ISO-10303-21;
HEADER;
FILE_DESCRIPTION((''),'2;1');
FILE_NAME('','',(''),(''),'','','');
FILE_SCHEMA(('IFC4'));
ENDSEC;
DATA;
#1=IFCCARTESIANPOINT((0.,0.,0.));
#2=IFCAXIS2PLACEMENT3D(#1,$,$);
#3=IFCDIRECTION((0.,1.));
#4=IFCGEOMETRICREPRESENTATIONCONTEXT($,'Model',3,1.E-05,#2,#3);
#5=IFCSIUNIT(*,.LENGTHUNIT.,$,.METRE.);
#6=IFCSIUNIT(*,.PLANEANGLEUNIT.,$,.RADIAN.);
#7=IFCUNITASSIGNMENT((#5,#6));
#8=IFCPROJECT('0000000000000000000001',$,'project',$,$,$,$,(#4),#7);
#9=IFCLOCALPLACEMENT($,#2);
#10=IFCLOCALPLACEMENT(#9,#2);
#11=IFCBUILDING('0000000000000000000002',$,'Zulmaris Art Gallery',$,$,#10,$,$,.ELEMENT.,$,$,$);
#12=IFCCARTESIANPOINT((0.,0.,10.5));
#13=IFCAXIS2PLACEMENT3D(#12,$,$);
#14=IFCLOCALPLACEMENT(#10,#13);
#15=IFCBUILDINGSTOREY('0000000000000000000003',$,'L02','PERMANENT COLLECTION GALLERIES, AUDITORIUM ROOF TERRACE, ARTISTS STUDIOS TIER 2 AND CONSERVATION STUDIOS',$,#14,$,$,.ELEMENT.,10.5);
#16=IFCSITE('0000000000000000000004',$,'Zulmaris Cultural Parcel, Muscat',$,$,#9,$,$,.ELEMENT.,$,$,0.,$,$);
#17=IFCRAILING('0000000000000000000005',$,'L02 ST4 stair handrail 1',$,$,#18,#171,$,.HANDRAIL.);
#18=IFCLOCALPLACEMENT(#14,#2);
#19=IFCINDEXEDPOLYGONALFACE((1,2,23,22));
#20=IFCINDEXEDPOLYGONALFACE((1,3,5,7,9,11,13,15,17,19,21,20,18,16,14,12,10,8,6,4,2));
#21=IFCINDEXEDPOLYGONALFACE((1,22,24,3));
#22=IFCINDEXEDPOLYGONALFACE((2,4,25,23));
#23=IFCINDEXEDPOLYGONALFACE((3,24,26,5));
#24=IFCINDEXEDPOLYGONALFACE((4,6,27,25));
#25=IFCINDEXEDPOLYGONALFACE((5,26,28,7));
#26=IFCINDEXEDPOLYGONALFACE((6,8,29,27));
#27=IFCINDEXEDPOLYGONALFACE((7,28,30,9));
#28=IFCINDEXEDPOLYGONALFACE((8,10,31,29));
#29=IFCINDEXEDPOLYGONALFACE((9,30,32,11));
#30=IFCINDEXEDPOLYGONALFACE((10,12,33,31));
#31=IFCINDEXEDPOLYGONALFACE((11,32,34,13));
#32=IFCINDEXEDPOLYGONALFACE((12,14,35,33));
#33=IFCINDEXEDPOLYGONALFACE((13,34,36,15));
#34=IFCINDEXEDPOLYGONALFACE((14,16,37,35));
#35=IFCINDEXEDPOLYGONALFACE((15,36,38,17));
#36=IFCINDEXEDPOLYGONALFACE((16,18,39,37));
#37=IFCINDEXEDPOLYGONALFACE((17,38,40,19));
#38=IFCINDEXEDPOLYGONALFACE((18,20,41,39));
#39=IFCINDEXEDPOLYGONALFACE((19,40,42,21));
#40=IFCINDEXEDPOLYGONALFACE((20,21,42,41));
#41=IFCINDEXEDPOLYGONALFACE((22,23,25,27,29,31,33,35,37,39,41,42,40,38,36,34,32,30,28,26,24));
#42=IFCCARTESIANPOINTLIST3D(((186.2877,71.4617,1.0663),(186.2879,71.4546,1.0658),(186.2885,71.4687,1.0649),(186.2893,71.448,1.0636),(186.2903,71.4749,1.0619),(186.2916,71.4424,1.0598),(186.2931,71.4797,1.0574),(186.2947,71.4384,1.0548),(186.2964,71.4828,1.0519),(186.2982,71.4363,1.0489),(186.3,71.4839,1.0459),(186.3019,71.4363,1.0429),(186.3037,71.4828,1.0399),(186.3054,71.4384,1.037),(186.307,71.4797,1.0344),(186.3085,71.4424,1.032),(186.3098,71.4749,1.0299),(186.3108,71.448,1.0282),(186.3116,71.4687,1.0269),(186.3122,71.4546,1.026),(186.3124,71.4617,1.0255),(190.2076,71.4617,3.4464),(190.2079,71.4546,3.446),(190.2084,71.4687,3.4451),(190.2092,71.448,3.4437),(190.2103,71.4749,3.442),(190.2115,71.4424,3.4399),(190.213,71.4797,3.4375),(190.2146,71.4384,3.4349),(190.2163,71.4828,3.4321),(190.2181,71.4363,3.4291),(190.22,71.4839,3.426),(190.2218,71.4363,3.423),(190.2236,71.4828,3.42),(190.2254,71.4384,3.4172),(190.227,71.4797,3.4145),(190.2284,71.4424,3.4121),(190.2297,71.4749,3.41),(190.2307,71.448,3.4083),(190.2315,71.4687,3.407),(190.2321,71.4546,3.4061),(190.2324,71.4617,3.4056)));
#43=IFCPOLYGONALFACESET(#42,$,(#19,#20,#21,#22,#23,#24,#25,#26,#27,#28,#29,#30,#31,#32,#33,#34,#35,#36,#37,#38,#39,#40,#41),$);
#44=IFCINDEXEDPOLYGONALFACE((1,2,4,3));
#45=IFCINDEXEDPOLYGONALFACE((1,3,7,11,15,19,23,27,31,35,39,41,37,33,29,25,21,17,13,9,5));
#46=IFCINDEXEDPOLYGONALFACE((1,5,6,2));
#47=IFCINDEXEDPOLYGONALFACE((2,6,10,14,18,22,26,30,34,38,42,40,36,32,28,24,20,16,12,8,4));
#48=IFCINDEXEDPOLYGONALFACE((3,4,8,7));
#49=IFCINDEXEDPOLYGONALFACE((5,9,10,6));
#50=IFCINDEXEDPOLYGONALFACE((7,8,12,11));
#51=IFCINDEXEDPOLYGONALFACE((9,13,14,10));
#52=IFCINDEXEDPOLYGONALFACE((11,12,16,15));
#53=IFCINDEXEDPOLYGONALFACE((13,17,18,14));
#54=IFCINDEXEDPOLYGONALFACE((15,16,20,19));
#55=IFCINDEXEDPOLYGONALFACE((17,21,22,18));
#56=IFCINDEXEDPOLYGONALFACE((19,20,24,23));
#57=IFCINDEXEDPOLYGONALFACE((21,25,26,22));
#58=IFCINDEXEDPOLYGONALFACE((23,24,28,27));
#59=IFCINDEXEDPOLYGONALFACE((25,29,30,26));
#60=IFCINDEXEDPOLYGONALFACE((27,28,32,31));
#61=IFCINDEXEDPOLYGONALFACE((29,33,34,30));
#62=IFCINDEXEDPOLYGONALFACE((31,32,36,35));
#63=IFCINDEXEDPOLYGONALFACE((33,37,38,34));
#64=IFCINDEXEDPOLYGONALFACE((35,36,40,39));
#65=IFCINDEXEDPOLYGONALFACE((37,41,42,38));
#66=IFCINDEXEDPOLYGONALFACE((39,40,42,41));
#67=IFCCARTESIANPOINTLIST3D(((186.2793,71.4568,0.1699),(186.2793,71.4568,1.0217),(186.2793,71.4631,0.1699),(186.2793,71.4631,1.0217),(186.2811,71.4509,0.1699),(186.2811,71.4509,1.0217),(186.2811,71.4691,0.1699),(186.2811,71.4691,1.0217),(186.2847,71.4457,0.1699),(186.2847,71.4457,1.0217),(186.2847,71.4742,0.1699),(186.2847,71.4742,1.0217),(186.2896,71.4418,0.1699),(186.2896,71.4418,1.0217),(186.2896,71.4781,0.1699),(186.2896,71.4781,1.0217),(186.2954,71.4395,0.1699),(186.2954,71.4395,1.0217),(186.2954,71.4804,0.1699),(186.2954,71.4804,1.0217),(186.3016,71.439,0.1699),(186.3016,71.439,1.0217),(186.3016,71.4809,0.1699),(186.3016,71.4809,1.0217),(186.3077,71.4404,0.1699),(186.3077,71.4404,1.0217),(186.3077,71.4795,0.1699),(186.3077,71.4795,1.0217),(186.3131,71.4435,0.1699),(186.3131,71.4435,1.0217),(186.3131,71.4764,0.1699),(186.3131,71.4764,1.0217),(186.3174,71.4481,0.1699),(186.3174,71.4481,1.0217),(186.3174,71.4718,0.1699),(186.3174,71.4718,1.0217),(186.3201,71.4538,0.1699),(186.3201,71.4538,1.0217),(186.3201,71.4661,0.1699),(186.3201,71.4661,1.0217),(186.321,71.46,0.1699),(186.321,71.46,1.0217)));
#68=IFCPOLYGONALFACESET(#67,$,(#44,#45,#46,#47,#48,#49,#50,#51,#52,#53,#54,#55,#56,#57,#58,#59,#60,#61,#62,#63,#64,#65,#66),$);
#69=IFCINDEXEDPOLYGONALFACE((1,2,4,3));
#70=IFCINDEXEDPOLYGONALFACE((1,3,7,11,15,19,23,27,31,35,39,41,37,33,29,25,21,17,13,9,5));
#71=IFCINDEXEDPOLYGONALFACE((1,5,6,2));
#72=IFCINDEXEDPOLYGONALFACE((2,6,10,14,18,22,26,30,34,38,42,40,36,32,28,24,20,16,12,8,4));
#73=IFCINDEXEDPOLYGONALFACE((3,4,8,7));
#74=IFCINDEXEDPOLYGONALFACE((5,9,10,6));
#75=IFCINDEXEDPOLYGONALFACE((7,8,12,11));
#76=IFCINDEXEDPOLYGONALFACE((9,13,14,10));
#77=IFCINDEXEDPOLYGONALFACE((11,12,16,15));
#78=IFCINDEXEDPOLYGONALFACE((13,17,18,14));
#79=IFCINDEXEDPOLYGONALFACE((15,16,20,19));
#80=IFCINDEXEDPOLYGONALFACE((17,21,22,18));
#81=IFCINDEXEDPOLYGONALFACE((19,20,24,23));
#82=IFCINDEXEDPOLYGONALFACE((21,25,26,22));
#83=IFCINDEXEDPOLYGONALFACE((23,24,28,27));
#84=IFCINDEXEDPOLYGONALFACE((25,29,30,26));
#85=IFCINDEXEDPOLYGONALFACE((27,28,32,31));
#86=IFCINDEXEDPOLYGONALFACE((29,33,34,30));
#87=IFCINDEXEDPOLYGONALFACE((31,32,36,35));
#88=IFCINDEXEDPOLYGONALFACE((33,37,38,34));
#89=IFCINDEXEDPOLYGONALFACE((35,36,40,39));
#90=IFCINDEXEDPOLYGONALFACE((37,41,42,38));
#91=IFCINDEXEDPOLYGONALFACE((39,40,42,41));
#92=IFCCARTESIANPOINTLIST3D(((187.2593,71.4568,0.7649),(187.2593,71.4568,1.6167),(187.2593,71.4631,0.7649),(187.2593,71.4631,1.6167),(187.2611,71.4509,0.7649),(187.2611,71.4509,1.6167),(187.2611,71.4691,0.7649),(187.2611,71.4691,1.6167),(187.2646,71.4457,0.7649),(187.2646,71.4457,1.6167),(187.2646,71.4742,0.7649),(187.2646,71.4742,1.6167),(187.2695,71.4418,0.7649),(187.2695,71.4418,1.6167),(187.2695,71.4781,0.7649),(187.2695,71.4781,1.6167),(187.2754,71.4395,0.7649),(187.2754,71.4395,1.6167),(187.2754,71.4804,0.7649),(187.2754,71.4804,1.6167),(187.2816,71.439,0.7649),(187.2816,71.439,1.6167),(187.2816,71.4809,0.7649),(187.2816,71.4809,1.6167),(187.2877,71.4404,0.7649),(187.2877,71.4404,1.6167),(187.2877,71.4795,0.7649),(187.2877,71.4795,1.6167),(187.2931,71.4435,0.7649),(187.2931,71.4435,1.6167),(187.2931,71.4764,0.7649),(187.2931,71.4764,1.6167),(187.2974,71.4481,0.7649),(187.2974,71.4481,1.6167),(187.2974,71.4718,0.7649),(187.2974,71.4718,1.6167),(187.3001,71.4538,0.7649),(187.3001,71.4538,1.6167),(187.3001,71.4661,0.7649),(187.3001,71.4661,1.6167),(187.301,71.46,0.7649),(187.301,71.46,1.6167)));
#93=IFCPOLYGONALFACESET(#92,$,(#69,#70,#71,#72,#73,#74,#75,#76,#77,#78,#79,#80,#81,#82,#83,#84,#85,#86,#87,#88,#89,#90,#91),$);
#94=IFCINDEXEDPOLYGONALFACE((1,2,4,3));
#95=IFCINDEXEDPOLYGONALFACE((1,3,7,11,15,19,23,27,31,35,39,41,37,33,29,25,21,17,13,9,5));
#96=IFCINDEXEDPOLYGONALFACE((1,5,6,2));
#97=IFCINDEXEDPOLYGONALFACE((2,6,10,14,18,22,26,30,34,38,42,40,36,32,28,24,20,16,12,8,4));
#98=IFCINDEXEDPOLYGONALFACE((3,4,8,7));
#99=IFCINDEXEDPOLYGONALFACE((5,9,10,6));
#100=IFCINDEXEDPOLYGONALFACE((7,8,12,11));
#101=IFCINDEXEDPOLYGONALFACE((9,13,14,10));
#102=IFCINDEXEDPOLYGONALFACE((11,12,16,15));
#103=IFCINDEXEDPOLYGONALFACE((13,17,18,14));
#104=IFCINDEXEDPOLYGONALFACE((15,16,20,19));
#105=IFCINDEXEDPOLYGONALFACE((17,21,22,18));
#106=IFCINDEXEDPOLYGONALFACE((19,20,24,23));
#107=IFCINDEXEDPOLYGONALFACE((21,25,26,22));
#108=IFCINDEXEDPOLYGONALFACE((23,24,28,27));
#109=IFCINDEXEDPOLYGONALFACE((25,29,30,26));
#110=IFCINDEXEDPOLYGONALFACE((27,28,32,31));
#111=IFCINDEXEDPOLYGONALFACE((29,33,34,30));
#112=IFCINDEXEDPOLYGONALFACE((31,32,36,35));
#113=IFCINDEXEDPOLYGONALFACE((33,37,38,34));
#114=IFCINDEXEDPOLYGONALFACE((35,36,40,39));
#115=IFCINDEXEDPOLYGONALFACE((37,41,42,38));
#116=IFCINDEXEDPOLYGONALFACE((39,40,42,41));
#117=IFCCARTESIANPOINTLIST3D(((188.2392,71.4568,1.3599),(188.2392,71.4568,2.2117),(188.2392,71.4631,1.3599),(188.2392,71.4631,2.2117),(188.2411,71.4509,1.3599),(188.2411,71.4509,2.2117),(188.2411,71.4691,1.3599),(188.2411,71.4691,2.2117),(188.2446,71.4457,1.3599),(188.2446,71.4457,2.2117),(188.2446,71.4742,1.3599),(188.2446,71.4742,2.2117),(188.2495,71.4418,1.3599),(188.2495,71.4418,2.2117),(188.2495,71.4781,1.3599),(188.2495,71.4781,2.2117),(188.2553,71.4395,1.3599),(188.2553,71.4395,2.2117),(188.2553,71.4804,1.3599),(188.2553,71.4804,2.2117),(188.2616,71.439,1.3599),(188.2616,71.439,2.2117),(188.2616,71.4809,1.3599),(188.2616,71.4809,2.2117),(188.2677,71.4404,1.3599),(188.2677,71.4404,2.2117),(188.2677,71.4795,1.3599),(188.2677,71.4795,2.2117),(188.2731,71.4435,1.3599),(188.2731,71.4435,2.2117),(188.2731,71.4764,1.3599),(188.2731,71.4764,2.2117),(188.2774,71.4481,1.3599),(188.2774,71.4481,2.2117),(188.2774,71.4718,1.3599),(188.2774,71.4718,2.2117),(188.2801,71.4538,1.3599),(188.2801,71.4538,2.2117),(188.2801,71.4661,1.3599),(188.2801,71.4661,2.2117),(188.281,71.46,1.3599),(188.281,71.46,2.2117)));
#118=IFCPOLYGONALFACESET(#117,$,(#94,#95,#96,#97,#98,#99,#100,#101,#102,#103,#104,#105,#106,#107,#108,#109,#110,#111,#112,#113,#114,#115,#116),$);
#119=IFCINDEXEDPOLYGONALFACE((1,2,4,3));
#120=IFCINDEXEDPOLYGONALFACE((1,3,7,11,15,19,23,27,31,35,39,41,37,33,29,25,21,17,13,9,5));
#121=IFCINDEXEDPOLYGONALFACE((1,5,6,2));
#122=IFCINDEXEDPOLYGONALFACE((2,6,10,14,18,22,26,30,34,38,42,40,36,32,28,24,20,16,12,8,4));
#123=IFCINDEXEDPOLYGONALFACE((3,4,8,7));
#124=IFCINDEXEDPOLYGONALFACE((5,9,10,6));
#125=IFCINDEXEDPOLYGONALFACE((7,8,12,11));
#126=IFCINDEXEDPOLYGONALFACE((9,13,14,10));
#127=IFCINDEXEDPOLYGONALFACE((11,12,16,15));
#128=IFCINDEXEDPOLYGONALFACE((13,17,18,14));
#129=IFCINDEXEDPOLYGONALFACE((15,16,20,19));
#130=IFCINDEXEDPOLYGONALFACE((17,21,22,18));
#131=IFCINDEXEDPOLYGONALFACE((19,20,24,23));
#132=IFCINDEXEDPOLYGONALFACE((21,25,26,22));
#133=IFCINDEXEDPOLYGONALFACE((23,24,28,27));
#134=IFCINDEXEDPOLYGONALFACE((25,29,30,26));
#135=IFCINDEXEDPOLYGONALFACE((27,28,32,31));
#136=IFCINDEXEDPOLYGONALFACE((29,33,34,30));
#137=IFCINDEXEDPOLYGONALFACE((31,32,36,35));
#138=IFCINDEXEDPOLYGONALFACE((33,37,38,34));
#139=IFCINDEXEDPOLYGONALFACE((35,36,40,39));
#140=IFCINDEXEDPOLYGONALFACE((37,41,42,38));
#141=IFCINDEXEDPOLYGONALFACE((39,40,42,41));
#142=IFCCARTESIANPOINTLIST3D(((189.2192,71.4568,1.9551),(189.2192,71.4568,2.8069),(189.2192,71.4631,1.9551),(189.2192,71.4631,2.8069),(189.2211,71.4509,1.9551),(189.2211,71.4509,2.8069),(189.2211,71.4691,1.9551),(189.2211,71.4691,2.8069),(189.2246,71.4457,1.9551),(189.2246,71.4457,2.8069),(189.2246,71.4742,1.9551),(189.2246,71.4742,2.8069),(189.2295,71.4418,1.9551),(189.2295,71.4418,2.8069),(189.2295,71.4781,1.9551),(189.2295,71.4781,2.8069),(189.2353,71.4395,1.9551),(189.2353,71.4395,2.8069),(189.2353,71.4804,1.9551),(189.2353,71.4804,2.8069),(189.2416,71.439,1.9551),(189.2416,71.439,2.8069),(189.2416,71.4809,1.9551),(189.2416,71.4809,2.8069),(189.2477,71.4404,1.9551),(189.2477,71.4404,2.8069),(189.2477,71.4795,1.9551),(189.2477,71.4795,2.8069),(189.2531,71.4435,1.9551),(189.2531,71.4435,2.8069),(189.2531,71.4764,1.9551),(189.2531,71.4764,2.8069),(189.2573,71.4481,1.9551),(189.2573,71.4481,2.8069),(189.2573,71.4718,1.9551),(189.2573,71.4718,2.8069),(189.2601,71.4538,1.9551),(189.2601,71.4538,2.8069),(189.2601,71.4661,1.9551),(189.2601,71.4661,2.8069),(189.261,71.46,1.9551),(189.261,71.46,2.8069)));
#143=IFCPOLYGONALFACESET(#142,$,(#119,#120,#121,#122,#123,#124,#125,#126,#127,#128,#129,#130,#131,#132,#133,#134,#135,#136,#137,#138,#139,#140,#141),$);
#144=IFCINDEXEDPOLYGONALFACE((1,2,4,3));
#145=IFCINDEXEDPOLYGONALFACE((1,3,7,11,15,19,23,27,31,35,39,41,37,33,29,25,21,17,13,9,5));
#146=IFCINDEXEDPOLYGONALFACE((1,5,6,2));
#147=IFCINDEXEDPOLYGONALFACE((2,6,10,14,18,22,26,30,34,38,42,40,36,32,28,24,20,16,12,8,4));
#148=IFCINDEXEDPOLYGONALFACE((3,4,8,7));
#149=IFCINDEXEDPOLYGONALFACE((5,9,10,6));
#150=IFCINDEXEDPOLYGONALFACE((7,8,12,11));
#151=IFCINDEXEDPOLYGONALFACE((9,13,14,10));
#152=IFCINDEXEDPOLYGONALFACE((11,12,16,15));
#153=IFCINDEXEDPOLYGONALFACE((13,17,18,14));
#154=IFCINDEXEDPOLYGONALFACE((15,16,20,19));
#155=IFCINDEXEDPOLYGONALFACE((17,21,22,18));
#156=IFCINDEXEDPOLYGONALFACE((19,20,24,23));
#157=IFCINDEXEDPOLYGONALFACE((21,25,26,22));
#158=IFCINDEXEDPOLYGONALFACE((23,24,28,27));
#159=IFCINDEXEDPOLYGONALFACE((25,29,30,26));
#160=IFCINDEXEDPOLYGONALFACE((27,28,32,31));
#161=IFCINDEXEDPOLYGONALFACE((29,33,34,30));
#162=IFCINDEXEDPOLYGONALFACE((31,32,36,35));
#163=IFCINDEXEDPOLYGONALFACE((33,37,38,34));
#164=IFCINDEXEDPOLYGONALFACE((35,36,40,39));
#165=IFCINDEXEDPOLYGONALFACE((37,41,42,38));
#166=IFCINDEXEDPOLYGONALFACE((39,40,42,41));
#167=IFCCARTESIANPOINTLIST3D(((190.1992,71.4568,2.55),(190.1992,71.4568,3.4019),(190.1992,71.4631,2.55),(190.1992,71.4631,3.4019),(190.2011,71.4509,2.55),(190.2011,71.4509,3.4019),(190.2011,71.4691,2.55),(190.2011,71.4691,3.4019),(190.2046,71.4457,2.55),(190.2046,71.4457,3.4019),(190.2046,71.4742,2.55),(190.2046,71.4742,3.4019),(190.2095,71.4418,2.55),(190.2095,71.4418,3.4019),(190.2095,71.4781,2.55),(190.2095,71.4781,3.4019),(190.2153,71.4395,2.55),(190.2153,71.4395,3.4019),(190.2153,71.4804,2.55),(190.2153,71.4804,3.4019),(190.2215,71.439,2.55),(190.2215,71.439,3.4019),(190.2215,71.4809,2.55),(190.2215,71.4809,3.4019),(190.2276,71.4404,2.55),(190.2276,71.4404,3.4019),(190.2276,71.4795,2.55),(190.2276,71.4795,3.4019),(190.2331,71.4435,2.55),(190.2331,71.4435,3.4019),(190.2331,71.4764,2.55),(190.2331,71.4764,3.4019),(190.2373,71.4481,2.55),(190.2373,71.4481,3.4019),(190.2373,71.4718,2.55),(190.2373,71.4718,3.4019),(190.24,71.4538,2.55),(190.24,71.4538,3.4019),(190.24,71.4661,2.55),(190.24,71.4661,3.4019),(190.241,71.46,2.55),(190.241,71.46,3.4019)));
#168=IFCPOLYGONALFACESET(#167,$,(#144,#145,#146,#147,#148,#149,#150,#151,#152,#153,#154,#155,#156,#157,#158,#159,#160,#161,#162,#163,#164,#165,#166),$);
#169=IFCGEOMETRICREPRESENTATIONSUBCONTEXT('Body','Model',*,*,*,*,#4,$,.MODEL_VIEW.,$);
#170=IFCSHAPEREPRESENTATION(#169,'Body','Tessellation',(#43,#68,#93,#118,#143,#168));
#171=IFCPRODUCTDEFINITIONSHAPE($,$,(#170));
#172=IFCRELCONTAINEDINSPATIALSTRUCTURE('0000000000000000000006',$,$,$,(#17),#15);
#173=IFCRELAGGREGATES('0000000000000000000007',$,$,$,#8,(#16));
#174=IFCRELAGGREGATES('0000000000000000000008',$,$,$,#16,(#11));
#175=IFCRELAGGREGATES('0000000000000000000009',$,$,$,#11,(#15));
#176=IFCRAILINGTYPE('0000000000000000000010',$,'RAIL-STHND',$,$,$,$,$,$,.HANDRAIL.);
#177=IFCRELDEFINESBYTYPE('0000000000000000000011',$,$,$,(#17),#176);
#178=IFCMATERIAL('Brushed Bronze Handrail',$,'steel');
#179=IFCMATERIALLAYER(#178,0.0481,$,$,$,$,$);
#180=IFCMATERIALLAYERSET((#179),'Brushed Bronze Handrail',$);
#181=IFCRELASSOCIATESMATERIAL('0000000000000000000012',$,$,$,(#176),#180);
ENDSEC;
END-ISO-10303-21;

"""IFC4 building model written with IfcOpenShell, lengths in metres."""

from ifc_helpers import new_model, si_unit, direction, frame, origin, origin_2d, place, context, subcontext, project, spatial, circle, extrude, material, layer, layer_set, type_object, element, save


model = new_model("IFC4")

# Units and contexts
model_context = context("Model", 3, precision=1e-05, world=origin(), true_north=direction((0.0, 1.0)))
body_context = subcontext(model_context, "Body", "Model", "MODEL_VIEW")
ifc_project = project(units=[si_unit("LENGTHUNIT", "METRE"), si_unit("PLANEANGLEUNIT", "RADIAN")], contexts=[model_context])

# Site, building, storey
site_placement = place(None, origin())
site = spatial("IfcSite", under=ifc_project, at=site_placement, Name="Zulmaris Cultural Parcel, Muscat", CompositionType="ELEMENT", RefElevation=0.0)
building_placement = place(site_placement, origin())
building = spatial("IfcBuilding", under=site, at=building_placement, Name="Zulmaris Art Gallery", CompositionType="ELEMENT")
storey_placement = place(building_placement, frame((0.0, 0.0, 10.5)))
storey = spatial("IfcBuildingStorey", under=building, at=storey_placement, Name="L02", Description="PERMANENT COLLECTION GALLERIES, AUDITORIUM ROOF TERRACE, ARTISTS STUDIOS TIER 2 AND CONSERVATION STUDIOS", CompositionType="ELEMENT", Elevation=10.5)

# Railing
ifc_material_1 = material(Name="Brushed Bronze Handrail", Category="steel")
ifc_layer_1 = layer(ifc_material_1, 0.0481)
ifc_layer_set_1 = layer_set([ifc_layer_1], Name="Brushed Bronze Handrail")
railing_type_1 = type_object("IfcRailingType", Name="RAIL-STHND", PredefinedType="HANDRAIL", material=ifc_layer_set_1)
railing_1_placement = place(storey_placement, frame((186.3, 71.46, 0.1699)))
element("IfcRailing", 1, at=railing_1_placement, inside=storey, type_object=railing_type_1, Name="L02 ST4 stair handrail 1", PredefinedType="HANDRAIL", context=body_context, shape_type="SweptSolid", body=[
    extrude(circle(Radius=0.0239, at=origin_2d()), frame((0.0, 0.0, 0.876), z_axis=(0.854771, 0.0, 0.519006), x_axis=(0.0, 1.0, 0.0)), (0.0, 0.0, 1.0), 4.5859),
    extrude(circle(Radius=0.021, at=origin_2d()), origin(), (0.0, 0.0, 1.0), 0.8518),
    extrude(circle(Radius=0.021, at=origin_2d()), frame((0.98, 0.0, 0.595)), (0.0, 0.0, 1.0), 0.8518),
    extrude(circle(Radius=0.021, at=origin_2d()), frame((1.96, 0.0, 1.1899)), (0.0, 0.0, 1.0), 0.8518),
    extrude(circle(Radius=0.021, at=origin_2d()), frame((2.9399, 0.0, 1.7852)), (0.0, 0.0, 1.0), 0.8518),
    extrude(circle(Radius=0.021, at=origin_2d()), frame((3.9199, 0.0, 2.3801)), (0.0, 0.0, 1.0), 0.8518),
])

save(model, "model.ifc")
